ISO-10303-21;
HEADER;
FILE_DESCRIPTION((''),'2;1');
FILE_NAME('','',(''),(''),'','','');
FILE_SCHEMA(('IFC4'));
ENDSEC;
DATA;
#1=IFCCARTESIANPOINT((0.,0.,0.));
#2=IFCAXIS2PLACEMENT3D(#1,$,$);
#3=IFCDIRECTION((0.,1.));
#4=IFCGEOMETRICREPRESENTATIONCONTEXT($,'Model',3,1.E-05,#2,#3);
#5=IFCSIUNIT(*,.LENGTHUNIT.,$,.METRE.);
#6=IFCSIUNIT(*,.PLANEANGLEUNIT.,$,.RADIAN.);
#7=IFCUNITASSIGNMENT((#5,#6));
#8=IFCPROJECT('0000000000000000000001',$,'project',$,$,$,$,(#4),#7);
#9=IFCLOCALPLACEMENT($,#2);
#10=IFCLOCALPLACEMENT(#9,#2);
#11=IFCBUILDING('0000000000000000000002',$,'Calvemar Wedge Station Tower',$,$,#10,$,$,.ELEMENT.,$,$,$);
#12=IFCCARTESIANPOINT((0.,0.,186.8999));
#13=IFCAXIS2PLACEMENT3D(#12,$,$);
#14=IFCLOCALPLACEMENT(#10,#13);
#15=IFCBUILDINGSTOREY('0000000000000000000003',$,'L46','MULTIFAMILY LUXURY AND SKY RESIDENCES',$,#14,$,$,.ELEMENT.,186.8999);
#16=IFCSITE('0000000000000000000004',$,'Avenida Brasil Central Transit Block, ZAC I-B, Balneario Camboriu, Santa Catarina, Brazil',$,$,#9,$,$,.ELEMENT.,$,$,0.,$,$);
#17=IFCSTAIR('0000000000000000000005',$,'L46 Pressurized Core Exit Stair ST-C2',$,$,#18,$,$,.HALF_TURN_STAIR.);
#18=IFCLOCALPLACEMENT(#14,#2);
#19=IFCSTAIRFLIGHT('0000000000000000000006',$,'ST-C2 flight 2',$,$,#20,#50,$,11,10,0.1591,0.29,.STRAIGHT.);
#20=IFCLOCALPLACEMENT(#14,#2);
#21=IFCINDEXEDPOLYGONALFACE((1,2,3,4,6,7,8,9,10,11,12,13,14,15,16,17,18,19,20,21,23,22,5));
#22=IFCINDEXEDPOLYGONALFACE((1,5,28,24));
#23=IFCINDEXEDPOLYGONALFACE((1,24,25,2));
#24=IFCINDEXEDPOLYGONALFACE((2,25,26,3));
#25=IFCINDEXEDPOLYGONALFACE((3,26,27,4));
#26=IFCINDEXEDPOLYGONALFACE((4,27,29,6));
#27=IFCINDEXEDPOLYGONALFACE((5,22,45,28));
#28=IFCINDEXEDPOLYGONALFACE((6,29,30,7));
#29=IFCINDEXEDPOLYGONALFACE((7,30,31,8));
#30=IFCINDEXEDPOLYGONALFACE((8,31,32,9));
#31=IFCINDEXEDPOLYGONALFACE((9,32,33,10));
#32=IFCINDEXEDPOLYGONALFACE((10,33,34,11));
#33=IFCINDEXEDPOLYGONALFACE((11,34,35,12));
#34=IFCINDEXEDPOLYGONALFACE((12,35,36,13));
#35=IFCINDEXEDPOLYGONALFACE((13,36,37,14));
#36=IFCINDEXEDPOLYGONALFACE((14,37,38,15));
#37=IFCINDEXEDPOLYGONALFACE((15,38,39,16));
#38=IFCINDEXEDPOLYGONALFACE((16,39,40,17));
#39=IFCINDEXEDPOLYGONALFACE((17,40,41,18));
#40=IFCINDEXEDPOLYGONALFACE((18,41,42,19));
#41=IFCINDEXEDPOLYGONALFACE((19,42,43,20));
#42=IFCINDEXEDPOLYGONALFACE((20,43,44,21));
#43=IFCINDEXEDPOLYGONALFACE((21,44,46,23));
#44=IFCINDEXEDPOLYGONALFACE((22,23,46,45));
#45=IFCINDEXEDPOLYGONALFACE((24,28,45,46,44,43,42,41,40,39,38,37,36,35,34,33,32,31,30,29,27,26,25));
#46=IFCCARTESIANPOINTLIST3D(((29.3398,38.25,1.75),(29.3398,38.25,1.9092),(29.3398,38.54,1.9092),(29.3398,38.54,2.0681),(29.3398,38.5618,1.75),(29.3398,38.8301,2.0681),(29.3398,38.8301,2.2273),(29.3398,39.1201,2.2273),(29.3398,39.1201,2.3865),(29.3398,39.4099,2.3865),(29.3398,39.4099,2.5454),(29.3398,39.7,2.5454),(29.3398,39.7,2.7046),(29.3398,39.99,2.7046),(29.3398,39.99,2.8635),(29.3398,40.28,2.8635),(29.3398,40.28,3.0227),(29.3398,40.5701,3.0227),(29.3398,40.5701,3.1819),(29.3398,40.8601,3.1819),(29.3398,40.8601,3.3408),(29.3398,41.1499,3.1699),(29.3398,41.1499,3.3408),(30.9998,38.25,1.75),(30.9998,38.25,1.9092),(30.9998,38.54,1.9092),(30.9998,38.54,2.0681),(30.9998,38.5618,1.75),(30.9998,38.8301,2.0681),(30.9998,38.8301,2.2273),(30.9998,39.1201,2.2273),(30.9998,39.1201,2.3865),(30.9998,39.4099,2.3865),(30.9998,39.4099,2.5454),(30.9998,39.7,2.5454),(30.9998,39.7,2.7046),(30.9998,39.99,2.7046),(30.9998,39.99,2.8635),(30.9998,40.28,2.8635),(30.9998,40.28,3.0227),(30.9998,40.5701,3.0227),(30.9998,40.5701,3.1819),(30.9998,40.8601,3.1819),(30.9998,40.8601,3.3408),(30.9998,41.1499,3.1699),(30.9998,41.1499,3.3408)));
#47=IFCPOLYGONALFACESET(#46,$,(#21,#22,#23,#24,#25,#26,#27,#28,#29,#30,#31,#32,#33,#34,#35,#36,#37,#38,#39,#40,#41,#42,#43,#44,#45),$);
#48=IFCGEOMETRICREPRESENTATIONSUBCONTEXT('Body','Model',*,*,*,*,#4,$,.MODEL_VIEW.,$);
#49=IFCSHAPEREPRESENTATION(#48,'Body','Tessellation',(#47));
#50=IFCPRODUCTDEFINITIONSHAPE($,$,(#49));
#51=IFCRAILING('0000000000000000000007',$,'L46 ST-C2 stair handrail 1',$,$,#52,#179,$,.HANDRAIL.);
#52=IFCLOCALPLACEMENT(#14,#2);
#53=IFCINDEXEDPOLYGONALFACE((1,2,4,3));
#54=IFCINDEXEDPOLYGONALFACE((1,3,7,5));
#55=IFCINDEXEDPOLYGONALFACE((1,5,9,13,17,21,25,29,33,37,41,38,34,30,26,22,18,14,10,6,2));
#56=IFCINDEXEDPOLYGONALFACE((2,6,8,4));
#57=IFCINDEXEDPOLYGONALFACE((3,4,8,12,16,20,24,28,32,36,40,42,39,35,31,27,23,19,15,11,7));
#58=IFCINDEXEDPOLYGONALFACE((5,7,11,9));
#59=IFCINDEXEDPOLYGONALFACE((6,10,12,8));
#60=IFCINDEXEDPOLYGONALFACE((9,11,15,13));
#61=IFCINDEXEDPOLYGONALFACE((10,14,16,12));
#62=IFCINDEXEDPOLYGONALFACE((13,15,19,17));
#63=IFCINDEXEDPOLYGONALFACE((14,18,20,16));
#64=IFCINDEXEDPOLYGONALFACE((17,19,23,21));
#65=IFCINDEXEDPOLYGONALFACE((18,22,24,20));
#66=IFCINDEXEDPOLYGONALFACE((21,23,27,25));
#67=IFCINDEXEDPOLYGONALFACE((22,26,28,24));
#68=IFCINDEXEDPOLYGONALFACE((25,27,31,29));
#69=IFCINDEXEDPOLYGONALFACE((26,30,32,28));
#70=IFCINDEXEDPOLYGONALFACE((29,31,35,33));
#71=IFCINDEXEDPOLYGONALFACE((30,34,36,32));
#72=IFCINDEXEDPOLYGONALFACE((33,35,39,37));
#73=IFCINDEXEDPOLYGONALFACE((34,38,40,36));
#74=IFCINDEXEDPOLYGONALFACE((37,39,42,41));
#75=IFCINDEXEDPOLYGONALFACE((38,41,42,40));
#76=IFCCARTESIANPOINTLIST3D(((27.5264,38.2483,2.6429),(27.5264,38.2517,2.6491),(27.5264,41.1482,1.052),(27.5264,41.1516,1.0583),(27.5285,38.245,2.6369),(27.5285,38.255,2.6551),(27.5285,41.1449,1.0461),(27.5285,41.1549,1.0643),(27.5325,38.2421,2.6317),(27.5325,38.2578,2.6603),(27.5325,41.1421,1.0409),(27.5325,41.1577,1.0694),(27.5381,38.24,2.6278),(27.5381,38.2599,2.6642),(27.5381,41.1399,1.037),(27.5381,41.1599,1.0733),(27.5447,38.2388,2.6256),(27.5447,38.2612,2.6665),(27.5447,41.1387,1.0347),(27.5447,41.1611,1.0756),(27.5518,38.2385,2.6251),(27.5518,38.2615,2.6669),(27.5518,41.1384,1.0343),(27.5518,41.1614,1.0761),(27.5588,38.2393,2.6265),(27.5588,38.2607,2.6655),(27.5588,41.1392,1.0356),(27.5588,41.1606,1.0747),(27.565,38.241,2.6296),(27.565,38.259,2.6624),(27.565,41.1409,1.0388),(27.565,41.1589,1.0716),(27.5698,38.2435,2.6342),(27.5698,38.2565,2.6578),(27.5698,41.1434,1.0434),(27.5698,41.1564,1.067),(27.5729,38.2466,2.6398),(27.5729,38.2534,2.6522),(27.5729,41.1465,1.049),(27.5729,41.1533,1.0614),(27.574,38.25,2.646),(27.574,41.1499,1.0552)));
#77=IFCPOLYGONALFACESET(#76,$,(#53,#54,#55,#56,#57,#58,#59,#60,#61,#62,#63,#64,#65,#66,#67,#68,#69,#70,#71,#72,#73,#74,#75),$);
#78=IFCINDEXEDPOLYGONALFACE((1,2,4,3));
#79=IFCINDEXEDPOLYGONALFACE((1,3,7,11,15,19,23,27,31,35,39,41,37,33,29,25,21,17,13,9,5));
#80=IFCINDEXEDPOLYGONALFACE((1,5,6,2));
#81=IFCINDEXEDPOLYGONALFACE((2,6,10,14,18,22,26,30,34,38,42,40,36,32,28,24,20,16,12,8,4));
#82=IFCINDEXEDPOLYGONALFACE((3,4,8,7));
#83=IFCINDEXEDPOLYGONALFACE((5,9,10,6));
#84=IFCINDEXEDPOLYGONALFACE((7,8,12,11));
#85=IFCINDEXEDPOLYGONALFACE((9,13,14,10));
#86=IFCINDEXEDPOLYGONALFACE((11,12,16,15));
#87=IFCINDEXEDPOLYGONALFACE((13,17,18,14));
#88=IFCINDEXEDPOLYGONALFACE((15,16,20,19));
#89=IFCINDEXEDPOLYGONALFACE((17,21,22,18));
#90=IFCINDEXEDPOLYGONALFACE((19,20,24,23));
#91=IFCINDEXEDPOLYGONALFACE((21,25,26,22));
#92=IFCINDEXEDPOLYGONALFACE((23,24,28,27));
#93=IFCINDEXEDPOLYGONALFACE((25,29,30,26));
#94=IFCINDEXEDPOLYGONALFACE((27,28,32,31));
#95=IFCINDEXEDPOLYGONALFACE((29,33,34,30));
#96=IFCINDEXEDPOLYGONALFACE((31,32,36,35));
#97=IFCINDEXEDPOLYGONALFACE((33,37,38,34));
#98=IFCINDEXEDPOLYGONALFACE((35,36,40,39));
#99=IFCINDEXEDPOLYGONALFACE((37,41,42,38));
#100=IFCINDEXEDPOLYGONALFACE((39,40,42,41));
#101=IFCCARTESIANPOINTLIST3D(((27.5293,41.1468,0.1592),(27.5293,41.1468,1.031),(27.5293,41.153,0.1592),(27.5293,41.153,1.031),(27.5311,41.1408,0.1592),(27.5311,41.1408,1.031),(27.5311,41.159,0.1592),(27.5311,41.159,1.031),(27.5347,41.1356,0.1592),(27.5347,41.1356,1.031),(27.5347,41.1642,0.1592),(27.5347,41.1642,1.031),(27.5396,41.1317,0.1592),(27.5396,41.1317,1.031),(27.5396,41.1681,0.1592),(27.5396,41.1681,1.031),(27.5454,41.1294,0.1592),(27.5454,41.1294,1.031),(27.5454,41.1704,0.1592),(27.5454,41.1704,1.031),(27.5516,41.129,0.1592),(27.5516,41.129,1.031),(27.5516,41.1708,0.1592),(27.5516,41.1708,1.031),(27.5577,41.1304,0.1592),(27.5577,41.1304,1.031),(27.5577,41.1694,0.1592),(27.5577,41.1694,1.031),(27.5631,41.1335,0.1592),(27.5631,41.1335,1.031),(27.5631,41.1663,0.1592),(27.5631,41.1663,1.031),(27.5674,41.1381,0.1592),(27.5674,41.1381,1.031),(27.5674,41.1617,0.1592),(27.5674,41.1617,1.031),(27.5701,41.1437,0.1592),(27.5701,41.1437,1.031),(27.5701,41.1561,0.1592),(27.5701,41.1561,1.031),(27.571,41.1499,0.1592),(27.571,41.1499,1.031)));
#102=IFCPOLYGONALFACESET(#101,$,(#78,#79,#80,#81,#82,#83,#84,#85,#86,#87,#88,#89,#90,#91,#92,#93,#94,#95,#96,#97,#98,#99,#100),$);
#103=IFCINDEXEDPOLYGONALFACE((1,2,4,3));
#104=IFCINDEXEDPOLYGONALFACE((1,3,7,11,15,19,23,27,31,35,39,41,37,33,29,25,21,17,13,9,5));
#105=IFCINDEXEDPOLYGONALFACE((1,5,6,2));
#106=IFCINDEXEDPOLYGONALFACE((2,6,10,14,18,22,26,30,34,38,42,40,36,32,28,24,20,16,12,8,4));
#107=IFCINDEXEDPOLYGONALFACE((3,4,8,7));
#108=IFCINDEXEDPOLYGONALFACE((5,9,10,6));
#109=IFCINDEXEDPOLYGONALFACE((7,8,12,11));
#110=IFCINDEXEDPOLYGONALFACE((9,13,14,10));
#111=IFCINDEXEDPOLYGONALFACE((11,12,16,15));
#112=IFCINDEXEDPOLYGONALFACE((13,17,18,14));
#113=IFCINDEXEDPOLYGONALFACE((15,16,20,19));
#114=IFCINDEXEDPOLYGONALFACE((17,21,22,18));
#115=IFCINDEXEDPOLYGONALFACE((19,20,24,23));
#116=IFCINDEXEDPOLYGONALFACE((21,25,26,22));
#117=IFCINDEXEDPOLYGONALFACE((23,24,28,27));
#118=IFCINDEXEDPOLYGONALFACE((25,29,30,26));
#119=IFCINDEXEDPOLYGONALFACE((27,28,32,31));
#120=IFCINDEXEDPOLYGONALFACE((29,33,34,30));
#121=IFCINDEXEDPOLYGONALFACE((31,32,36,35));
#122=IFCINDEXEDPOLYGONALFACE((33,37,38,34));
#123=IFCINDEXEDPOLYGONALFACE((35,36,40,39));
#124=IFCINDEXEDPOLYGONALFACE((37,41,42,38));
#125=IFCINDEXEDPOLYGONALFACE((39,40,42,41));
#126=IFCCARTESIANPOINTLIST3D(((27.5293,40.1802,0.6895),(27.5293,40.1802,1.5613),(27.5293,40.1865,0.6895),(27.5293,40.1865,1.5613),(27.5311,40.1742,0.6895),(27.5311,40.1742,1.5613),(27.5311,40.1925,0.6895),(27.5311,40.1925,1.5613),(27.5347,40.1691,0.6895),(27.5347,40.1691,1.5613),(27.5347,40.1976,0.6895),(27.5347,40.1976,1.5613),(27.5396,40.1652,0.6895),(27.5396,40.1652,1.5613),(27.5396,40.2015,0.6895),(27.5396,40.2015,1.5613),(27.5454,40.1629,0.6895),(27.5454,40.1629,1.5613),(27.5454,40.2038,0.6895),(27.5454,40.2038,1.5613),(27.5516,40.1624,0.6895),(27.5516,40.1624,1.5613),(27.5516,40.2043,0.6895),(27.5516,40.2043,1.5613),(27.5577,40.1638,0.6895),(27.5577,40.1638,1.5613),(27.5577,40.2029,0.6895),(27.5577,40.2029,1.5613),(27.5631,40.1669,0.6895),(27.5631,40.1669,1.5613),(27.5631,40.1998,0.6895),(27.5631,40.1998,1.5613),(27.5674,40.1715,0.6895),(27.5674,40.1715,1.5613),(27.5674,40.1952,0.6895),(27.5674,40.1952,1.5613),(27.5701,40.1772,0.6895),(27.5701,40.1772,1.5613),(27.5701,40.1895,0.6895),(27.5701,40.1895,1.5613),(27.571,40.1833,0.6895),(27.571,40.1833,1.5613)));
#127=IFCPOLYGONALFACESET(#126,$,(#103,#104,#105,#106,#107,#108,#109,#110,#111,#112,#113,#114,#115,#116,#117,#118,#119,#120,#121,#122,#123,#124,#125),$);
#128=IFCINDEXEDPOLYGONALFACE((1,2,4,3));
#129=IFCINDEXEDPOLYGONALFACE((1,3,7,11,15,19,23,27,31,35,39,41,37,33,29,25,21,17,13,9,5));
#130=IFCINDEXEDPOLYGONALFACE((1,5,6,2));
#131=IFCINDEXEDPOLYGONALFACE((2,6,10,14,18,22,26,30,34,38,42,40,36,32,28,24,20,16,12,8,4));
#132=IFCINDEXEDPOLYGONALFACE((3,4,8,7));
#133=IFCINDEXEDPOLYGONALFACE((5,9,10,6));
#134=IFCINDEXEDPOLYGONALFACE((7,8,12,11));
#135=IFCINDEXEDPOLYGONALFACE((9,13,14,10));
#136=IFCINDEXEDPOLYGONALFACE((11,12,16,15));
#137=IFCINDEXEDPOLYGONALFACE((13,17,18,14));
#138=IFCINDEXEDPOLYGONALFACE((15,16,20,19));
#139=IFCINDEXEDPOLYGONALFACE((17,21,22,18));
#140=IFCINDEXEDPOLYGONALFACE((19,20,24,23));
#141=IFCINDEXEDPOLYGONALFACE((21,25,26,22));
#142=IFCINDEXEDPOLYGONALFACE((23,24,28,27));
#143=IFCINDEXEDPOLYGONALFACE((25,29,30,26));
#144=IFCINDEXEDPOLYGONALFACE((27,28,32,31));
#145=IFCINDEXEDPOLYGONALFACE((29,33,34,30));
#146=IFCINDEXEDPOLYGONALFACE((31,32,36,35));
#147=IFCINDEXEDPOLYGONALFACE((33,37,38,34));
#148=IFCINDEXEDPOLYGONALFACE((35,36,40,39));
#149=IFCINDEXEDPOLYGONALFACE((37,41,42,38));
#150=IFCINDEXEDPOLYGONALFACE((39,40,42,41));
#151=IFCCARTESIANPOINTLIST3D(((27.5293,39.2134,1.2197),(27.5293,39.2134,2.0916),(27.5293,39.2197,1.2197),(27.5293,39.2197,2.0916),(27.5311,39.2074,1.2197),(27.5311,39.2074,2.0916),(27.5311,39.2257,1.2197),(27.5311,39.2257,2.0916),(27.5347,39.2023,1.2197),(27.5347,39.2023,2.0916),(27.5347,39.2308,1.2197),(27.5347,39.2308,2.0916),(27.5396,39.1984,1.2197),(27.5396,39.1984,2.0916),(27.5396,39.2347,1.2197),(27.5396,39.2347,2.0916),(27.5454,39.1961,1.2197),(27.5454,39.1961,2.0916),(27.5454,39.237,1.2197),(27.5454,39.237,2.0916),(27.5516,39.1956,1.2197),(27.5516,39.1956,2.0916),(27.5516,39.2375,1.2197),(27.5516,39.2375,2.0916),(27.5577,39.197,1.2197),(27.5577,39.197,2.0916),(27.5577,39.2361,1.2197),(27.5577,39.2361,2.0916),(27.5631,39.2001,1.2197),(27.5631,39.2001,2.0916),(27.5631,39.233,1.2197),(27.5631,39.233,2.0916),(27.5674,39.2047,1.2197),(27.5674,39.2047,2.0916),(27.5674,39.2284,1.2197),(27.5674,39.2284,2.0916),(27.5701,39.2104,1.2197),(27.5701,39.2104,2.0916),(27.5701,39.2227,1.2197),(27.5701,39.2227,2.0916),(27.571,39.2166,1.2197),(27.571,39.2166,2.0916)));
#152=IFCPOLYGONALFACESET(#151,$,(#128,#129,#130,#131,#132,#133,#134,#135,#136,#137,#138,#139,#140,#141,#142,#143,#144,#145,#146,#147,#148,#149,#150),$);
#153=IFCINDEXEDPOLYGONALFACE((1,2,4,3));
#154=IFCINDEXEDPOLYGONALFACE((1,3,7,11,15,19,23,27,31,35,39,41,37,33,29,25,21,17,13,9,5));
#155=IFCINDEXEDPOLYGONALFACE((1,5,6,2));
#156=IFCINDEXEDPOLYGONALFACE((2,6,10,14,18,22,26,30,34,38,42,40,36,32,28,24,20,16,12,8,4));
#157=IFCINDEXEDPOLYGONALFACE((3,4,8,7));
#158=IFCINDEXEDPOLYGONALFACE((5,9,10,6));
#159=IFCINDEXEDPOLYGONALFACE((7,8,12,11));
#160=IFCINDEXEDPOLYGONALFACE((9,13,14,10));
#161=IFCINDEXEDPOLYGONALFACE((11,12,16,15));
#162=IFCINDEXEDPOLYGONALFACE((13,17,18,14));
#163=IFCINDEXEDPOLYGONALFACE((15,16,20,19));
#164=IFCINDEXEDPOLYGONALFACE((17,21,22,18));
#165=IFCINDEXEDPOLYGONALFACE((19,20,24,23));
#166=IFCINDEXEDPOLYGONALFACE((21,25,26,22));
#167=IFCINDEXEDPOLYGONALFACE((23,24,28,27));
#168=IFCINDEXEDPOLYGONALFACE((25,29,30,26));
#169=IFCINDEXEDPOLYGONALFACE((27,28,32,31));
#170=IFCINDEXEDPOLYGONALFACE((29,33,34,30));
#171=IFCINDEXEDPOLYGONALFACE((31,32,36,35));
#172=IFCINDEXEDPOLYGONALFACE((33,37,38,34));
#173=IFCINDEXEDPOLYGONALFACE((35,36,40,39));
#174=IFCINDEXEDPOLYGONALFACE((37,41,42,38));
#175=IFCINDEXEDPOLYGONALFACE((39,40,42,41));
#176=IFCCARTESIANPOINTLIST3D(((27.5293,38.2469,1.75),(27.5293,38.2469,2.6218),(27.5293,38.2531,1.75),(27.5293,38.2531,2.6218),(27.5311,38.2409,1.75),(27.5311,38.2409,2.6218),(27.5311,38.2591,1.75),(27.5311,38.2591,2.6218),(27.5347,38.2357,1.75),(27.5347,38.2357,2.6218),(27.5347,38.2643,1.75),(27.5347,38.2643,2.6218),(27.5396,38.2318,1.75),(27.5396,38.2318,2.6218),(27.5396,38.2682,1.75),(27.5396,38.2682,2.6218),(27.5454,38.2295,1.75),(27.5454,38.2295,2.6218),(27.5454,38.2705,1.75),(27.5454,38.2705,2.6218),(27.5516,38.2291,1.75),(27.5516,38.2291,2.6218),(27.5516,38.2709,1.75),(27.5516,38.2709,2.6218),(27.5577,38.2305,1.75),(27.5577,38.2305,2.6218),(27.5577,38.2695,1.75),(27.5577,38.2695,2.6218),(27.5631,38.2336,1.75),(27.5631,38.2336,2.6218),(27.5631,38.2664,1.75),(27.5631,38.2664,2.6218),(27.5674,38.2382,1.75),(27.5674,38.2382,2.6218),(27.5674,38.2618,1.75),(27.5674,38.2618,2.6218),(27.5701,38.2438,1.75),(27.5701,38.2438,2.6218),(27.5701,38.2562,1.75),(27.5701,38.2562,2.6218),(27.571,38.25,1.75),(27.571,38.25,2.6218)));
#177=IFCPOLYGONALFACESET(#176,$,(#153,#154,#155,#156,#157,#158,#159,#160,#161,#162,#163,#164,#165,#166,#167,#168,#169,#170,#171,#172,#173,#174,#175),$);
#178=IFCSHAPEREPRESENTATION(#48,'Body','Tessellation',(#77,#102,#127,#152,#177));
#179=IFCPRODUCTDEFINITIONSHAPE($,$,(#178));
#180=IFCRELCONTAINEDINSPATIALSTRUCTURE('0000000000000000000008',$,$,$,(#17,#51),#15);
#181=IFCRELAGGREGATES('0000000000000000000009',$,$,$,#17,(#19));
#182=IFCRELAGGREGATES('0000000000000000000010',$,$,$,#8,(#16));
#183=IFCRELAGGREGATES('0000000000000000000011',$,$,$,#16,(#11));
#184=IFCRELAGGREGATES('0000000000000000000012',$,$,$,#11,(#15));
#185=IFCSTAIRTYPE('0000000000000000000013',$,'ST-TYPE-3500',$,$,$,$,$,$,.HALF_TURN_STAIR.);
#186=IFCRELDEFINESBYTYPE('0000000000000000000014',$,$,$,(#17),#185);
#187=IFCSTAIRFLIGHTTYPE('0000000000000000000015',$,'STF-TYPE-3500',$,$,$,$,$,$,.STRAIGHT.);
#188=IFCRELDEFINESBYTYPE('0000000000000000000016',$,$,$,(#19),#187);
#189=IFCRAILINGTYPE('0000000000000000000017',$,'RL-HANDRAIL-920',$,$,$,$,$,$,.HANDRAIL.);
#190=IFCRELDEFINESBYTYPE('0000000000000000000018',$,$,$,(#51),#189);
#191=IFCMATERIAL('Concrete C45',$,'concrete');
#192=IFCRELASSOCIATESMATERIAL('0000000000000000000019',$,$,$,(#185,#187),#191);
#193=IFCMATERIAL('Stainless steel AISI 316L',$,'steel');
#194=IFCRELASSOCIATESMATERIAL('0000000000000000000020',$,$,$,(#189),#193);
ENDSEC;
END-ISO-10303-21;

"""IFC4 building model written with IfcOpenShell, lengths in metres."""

from ifc_helpers import new_model, si_unit, direction, frame, origin, origin_2d, place, context, subcontext, project, spatial, polyline, circle, outline, extrude, material, type_object, element, aggregate, save


model = new_model("IFC4")

# Units and contexts
model_context = context("Model", 3, precision=1e-05, world=origin(), true_north=direction((0.0, 1.0)))
body_context = subcontext(model_context, "Body", "Model", "MODEL_VIEW")
ifc_project = project(units=[si_unit("LENGTHUNIT", "METRE"), si_unit("PLANEANGLEUNIT", "RADIAN")], contexts=[model_context])

# Site, building, storey
site_placement = place(None, origin())
site = spatial("IfcSite", under=ifc_project, at=site_placement, Name="Avenida Brasil Central Transit Block, ZAC I-B, Balneario Camboriu, Santa Catarina, Brazil", CompositionType="ELEMENT", RefElevation=0.0)
building_placement = place(site_placement, origin())
building = spatial("IfcBuilding", under=site, at=building_placement, Name="Calvemar Wedge Station Tower", CompositionType="ELEMENT")
storey_placement = place(building_placement, frame((0.0, 0.0, 186.8999)))
storey = spatial("IfcBuildingStorey", under=building, at=storey_placement, Name="L46", Description="MULTIFAMILY LUXURY AND SKY RESIDENCES", CompositionType="ELEMENT", Elevation=186.8999)

# Stair, stair flight
ifc_material_1 = material(Name="Concrete C45", Category="concrete")
stair_type = type_object("IfcStairType", Name="ST-TYPE-3500", PredefinedType="HALF_TURN_STAIR", material=ifc_material_1)
stair_placement = place(storey_placement, origin())
stair = element("IfcStair", 1, at=stair_placement, inside=storey, type_object=stair_type, Name="L46 Pressurized Core Exit Stair ST-C2", PredefinedType="HALF_TURN_STAIR")
stair_flight_type = type_object("IfcStairFlightType", Name="STF-TYPE-3500", PredefinedType="STRAIGHT", material=ifc_material_1)
stair_flight_1_placement = place(storey_placement, frame((30.1699, 38.25, 1.75), z_axis=(0.0, 0.0, 1.0), x_axis=(0.0, 1.0, 0.0)))
stair_flight_1 = element("IfcStairFlight", 2, at=stair_flight_1_placement, type_object=stair_flight_type, Name="ST-C2 flight 2", NumberOfRisers=11, NumberOfTreads=10, PredefinedType="STRAIGHT", RiserHeight=0.1591, TreadLength=0.29, context=body_context, shape_type="SweptSolid", body=[
    extrude(outline(polyline([(0.0, 0.0), (0.0, 0.1592), (0.29, 0.1592), (0.29, 0.3181), (0.5801, 0.3181), (0.5801, 0.4773), (0.8701, 0.4773), (0.8701, 0.6365), (1.1599, 0.6365), (1.1599, 0.7954), (1.45, 0.7954), (1.45, 0.9546), (1.74, 0.9546), (1.74, 1.1135), (2.03, 1.1135), (2.03, 1.2727), (2.3201, 1.2727), (2.3201, 1.4319), (2.6101, 1.4319), (2.6101, 1.5908), (2.8999, 1.5908), (2.8999, 1.75), (2.8999, 1.4199), (0.3118, 0.0), (0.0, 0.0)])), frame((0.0, 0.8301, 0.0), z_axis=(0.0, -1.0, 0.0), x_axis=(1.0, 0.0, 0.0)), (0.0, 0.0, 1.0), 1.6599),
])
aggregate(stair, [stair_flight_1])

# Railing
ifc_material_2 = material(Name="Stainless steel AISI 316L", Category="steel")
railing_type_1 = type_object("IfcRailingType", Name="RL-HANDRAIL-920", PredefinedType="HANDRAIL", material=ifc_material_2)
railing_1_placement = place(storey_placement, frame((27.55, 41.1499, 0.1592)))
element("IfcRailing", 3, at=railing_1_placement, inside=storey, type_object=railing_type_1, Name="L46 ST-C2 stair handrail 1", PredefinedType="HANDRAIL", context=body_context, shape_type="SweptSolid", body=[
    extrude(circle(Radius=0.0239, at=origin_2d()), frame((0.0, 0.0, 0.896), z_axis=(0.0, -0.876742, 0.480961), x_axis=(1.0, 0.0, 0.0)), (0.0, 0.0, 1.0), 3.3076),
    extrude(circle(Radius=0.021, at=origin_2d()), origin(), (0.0, 0.0, 1.0), 0.8718),
    extrude(circle(Radius=0.021, at=origin_2d()), frame((0.0, -0.9666, 0.5303)), (0.0, 0.0, 1.0), 0.8718),
    extrude(circle(Radius=0.021, at=origin_2d()), frame((0.0, -1.9333, 1.0605)), (0.0, 0.0, 1.0), 0.8718),
    extrude(circle(Radius=0.021, at=origin_2d()), frame((0.0, -2.8999, 1.5908)), (0.0, 0.0, 1.0), 0.8718),
])

save(model, "model.ifc")
